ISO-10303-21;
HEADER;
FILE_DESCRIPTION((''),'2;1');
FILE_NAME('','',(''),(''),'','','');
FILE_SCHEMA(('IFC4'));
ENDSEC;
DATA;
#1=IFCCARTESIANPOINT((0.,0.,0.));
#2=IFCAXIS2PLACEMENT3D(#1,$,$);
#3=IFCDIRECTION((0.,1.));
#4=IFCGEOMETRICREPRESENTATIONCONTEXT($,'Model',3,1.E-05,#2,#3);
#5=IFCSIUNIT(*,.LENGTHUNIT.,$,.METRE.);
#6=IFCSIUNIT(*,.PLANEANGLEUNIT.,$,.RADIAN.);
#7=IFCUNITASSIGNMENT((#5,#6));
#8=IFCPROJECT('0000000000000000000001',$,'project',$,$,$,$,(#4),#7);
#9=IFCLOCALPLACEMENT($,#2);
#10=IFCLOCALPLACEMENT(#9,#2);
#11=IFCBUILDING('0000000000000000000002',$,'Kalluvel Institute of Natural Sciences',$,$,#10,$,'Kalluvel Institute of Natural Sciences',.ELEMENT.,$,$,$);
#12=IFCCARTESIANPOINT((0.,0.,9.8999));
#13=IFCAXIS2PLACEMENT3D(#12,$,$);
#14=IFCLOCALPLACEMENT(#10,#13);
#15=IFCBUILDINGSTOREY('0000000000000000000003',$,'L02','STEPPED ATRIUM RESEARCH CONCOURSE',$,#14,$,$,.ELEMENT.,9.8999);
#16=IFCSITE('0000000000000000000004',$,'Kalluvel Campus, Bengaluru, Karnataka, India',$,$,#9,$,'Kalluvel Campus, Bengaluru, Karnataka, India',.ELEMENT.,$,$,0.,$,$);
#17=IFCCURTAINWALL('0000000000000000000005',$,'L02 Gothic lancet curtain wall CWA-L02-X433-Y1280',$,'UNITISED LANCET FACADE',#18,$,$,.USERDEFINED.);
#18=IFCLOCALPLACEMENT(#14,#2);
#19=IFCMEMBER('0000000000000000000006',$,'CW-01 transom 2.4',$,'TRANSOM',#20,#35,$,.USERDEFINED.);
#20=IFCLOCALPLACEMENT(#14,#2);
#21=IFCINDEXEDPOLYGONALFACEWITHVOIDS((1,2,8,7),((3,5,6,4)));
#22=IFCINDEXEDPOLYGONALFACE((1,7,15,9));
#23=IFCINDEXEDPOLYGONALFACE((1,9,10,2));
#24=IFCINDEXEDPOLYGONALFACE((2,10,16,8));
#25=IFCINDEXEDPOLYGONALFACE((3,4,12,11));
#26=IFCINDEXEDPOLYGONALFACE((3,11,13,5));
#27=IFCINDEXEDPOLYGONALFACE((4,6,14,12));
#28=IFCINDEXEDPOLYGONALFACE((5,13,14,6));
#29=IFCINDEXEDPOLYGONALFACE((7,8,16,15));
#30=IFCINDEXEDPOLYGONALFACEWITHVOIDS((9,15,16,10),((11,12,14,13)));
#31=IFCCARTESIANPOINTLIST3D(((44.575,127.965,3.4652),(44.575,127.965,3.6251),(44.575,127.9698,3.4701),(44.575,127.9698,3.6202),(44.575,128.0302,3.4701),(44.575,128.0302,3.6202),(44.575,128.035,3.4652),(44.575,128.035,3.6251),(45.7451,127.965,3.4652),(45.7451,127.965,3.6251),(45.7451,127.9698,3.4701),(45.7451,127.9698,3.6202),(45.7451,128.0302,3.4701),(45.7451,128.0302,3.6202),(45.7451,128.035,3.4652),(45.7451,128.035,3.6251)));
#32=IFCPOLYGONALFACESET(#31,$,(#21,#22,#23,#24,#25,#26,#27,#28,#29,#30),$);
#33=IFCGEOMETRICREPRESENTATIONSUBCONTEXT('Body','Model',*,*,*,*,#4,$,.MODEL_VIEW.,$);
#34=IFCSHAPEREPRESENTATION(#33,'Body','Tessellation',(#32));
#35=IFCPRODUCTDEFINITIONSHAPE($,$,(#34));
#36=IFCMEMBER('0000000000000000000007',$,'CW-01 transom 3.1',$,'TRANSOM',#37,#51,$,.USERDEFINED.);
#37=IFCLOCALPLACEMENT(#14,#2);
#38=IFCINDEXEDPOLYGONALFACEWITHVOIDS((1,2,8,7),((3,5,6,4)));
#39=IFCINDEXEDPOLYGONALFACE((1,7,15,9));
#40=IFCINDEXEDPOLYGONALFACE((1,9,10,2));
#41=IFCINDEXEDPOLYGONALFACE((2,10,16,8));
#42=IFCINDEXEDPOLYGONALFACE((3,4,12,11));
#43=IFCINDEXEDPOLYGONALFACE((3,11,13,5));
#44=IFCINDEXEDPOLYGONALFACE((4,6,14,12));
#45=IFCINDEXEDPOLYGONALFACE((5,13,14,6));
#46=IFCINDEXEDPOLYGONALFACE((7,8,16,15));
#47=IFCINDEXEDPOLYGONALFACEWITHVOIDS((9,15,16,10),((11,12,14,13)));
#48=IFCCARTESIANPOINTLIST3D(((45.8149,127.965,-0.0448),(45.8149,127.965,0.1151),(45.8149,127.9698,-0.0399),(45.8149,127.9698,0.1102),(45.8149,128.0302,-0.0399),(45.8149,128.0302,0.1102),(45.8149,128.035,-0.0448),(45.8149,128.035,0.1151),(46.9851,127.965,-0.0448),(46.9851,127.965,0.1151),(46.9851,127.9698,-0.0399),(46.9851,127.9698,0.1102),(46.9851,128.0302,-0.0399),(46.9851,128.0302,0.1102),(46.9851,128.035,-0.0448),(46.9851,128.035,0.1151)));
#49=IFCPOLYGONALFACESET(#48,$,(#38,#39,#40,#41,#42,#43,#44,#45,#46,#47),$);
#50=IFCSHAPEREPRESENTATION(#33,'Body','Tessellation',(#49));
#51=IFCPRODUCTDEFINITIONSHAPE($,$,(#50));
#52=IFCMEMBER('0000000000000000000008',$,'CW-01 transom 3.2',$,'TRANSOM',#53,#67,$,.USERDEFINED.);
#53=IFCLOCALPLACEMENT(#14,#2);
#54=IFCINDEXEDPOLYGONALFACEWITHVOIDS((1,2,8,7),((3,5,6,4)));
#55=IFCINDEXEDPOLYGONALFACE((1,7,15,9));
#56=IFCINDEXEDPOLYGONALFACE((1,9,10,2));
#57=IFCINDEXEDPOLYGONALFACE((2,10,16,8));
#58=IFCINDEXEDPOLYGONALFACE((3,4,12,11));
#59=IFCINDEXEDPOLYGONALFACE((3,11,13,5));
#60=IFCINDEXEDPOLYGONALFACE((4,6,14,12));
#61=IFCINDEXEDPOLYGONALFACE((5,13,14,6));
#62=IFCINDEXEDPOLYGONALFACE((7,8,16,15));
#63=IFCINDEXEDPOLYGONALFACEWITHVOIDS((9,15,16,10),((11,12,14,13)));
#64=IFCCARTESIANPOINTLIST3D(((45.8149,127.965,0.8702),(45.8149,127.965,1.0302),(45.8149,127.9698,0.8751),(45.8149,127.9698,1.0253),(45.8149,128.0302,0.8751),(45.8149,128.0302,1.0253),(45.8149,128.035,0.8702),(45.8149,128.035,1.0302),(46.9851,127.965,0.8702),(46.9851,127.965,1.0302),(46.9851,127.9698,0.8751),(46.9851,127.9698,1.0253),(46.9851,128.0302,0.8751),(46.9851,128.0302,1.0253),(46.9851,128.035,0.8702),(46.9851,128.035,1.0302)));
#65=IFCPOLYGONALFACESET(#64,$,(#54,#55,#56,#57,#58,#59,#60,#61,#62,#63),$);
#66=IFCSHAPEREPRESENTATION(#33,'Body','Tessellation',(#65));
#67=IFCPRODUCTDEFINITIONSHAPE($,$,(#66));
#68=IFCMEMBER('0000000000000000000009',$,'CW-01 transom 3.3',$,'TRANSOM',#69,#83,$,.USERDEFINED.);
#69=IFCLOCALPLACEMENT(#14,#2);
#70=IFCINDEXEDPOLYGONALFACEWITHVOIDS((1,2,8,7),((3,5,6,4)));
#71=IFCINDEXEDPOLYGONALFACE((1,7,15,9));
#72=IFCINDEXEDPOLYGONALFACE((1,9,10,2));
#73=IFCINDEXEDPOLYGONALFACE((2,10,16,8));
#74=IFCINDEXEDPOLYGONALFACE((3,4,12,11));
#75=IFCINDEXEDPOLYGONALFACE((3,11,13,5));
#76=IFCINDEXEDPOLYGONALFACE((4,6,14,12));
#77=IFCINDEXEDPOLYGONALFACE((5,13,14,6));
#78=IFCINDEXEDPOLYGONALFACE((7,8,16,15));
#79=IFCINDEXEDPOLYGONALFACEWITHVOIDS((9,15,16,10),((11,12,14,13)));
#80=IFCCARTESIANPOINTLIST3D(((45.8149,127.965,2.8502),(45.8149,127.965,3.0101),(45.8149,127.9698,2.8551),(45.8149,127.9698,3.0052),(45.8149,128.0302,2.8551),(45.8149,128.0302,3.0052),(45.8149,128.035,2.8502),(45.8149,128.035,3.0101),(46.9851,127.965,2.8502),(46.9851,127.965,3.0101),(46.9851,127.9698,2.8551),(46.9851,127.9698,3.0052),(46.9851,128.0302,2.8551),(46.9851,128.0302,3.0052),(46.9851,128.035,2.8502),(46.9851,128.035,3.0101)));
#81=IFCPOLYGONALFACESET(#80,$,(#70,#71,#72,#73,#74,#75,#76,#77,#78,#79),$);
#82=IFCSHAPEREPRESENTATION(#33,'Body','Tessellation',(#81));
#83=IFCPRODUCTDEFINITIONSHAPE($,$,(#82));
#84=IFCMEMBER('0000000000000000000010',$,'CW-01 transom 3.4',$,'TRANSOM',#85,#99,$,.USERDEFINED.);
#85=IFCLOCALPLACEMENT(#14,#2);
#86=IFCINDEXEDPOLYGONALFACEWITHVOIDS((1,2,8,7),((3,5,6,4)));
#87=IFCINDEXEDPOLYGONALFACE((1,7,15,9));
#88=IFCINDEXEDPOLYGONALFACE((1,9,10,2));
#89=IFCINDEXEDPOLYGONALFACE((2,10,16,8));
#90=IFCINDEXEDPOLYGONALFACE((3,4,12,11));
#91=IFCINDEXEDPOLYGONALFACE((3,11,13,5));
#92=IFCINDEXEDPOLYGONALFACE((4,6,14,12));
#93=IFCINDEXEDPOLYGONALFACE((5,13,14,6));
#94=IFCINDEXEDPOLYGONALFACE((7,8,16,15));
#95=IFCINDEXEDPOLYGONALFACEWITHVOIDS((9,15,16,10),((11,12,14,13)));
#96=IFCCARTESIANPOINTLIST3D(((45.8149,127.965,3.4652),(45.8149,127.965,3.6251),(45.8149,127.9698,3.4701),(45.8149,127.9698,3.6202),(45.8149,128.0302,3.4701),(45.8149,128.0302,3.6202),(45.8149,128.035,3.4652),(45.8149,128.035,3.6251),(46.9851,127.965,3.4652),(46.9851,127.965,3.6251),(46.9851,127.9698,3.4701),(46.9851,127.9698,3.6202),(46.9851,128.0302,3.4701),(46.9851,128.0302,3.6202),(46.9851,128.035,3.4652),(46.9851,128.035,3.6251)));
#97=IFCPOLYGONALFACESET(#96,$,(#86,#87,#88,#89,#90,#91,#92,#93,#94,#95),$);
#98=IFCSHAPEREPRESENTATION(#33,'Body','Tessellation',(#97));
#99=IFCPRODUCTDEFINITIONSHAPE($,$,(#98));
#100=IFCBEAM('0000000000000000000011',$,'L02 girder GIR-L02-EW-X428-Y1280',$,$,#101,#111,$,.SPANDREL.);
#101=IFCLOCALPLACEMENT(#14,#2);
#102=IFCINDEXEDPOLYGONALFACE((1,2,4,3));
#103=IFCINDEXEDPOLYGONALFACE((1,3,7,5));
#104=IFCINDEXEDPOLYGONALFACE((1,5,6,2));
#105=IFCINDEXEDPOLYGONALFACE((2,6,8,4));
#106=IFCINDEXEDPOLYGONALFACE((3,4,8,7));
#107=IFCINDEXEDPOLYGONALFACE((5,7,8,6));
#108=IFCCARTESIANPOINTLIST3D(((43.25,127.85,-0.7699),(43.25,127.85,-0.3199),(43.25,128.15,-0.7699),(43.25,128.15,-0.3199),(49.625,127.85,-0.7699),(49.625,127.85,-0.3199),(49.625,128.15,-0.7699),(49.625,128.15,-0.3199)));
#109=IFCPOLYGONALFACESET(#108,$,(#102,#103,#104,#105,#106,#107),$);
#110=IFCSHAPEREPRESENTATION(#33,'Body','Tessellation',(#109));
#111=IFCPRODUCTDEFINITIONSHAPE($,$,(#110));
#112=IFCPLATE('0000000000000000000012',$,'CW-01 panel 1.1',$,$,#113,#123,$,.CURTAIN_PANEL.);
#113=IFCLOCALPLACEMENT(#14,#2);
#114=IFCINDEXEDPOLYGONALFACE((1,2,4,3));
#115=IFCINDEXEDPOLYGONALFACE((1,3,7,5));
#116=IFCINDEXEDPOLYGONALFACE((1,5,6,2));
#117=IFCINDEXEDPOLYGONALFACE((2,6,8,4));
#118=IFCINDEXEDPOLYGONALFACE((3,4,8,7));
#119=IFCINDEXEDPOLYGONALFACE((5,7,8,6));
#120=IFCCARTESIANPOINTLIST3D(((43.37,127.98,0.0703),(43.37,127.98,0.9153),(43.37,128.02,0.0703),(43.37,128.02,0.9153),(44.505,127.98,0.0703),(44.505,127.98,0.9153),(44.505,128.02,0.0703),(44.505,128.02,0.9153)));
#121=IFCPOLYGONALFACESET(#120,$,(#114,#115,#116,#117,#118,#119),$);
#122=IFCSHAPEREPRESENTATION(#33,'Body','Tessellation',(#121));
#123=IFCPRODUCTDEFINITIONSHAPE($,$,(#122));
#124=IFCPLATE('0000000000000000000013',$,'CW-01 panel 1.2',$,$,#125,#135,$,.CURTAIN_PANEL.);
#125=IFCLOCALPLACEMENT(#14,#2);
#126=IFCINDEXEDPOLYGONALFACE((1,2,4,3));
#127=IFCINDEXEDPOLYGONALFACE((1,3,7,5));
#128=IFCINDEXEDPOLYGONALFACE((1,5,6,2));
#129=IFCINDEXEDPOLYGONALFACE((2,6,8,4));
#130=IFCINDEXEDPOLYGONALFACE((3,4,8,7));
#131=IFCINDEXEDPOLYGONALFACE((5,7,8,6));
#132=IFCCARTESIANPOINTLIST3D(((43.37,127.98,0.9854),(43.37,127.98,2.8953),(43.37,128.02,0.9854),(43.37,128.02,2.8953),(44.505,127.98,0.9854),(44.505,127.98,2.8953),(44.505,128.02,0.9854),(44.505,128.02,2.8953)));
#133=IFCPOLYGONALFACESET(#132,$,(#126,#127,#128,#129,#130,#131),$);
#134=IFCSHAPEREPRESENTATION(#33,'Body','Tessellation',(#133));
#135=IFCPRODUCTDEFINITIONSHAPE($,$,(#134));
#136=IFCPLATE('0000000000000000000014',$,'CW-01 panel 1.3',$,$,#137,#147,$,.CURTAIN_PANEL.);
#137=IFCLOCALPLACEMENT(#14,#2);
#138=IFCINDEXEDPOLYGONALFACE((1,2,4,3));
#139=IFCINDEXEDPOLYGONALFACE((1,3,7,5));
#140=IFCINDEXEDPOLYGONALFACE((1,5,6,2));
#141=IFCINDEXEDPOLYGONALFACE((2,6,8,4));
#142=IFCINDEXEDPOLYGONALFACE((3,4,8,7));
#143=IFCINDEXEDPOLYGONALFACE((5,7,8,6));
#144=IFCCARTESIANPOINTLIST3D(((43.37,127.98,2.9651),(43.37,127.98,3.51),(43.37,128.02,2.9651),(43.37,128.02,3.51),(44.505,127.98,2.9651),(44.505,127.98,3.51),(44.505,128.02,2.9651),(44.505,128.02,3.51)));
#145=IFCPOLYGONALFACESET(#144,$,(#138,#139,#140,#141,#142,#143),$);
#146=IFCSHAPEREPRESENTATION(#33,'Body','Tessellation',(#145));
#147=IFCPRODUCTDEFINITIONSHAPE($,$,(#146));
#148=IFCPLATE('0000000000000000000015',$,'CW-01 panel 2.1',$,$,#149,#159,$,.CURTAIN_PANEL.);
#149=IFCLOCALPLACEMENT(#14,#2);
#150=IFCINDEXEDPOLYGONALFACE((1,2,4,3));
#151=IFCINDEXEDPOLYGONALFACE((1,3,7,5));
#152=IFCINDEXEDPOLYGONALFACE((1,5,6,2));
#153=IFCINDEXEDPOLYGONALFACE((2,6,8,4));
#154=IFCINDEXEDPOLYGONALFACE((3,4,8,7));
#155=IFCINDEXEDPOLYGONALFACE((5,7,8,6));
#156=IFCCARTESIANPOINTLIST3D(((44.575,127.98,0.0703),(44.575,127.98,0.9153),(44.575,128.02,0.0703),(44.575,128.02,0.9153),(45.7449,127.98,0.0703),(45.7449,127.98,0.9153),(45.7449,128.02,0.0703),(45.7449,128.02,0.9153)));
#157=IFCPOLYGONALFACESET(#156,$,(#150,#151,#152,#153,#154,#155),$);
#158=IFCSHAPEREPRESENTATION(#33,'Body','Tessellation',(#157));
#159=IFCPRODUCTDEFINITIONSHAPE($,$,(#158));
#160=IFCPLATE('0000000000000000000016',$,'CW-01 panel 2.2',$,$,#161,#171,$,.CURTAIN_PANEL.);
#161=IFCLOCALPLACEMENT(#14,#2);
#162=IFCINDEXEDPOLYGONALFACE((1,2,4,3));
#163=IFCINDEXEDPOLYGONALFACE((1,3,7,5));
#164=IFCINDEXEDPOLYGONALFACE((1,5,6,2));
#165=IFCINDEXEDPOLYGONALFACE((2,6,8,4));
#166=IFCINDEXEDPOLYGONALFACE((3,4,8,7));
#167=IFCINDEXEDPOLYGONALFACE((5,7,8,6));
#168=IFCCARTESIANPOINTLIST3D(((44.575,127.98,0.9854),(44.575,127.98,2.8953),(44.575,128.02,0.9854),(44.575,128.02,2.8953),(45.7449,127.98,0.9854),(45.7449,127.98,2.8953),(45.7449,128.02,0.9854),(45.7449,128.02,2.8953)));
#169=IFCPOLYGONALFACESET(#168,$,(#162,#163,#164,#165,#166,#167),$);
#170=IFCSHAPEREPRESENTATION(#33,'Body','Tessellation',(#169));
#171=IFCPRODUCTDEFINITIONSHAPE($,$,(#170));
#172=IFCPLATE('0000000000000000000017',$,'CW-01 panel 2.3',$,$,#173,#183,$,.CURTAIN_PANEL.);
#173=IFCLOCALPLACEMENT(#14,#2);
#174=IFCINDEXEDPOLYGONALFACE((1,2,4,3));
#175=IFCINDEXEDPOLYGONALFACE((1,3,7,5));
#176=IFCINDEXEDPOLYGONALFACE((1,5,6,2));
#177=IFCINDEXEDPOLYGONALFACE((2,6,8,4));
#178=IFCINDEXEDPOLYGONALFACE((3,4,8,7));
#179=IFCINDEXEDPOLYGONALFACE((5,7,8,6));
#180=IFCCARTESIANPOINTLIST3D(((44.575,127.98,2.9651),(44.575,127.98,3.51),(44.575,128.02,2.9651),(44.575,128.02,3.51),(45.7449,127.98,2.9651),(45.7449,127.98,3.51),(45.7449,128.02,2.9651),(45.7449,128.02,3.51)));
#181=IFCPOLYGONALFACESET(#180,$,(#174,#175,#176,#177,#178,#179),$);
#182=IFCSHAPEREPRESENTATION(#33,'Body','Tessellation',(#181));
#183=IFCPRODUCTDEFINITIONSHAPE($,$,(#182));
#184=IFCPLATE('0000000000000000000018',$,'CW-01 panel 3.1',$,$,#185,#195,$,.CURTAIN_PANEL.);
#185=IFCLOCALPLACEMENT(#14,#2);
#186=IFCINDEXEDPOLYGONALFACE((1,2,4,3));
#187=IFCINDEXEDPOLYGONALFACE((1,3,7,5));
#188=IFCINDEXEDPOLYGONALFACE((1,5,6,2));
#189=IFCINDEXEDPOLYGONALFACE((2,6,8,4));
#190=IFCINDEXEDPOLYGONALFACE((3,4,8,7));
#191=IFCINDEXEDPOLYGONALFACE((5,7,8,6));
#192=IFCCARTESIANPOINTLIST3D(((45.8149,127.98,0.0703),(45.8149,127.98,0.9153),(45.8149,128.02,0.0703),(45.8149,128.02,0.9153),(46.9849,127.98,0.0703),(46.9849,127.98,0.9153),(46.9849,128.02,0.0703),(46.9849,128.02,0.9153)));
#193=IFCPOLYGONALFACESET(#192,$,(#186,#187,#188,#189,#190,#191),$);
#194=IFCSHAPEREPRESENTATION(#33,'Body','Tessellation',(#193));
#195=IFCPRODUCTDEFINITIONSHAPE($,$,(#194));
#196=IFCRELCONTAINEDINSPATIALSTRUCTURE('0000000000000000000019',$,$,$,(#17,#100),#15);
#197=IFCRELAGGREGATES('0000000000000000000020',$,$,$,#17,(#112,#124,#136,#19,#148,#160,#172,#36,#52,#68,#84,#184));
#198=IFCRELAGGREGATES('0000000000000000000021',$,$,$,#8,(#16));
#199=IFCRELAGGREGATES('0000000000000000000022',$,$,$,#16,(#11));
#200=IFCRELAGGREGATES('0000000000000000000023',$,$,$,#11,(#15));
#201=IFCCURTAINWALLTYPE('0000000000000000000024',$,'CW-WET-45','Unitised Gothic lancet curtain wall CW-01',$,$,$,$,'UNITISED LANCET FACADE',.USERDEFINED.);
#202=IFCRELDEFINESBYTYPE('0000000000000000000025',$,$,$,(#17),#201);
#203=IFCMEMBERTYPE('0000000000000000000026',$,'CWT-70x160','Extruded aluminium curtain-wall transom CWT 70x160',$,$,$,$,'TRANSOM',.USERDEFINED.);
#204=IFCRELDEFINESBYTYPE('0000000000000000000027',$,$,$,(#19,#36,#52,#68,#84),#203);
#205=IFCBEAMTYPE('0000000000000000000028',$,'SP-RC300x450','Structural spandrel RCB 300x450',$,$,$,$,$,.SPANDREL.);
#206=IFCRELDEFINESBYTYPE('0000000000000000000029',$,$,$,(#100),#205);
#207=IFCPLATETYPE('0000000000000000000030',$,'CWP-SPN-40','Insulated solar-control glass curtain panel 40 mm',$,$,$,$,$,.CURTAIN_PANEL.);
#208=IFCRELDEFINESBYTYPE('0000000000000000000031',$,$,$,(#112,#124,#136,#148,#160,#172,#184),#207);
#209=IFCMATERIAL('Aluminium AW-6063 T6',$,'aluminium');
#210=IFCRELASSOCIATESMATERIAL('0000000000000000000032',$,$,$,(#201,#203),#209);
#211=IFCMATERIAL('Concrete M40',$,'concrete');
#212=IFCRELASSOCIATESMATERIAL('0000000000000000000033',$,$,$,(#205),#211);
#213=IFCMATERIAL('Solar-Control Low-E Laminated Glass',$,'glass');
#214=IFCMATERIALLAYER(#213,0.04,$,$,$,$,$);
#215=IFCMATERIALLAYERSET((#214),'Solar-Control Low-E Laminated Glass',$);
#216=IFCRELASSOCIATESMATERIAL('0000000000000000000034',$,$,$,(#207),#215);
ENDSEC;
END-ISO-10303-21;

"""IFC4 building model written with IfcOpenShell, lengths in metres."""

from ifc_helpers import new_model, si_unit, direction, frame, origin, origin_2d, place, context, subcontext, project, spatial, rectangle, hollow_rectangle, extrude, material, layer, layer_set, material_profile, profile_set, type_object, element, aggregate, save


model = new_model("IFC4")

# Units and contexts
model_context = context("Model", 3, precision=1e-05, world=origin(), true_north=direction((0.0, 1.0)))
body_context = subcontext(model_context, "Body", "Model", "MODEL_VIEW")
ifc_project = project(units=[si_unit("LENGTHUNIT", "METRE"), si_unit("PLANEANGLEUNIT", "RADIAN")], contexts=[model_context])

# Site, building, storey
site_placement = place(None, origin())
site = spatial("IfcSite", under=ifc_project, at=site_placement, Name="Kalluvel Campus, Bengaluru, Karnataka, India", LongName="Kalluvel Campus, Bengaluru, Karnataka, India", CompositionType="ELEMENT", RefElevation=0.0)
building_placement = place(site_placement, origin())
building = spatial("IfcBuilding", under=site, at=building_placement, Name="Kalluvel Institute of Natural Sciences", LongName="Kalluvel Institute of Natural Sciences", CompositionType="ELEMENT")
storey_placement = place(building_placement, frame((0.0, 0.0, 9.8999)))
storey = spatial("IfcBuildingStorey", under=building, at=storey_placement, Name="L02", Description="STEPPED ATRIUM RESEARCH CONCOURSE", CompositionType="ELEMENT", Elevation=9.8999)

# Curtain wall, members
ifc_material_1 = material(Name="Aluminium AW-6063 T6", Category="aluminium")
curtain_wall_type = type_object("IfcCurtainWallType", Name="CW-WET-45", Description="Unitised Gothic lancet curtain wall CW-01", ElementType="UNITISED LANCET FACADE", PredefinedType="USERDEFINED", material=ifc_material_1)
curtain_wall_placement = place(storey_placement, origin())
curtain_wall = element("IfcCurtainWall", 1, at=curtain_wall_placement, inside=storey, type_object=curtain_wall_type, Name="L02 Gothic lancet curtain wall CWA-L02-X433-Y1280", ObjectType="UNITISED LANCET FACADE", PredefinedType="USERDEFINED")
ifc_material_profile_1 = material_profile(ifc_material_1, hollow_rectangle(XDim=0.0701, YDim=0.1599, WallThickness=0.0049, at=origin_2d()), Name="CWT 70x160")
ifc_profile_set_1 = profile_set([ifc_material_profile_1], Name="Aluminium AW-6063 T6")
member_type_1 = type_object("IfcMemberType", Name="CWT-70x160", Description="Extruded aluminium curtain-wall transom CWT 70x160", ElementType="TRANSOM", PredefinedType="USERDEFINED", material=ifc_profile_set_1)
member_1_placement = place(storey_placement, frame((44.575, 128.0, 3.5452), z_axis=(1.0, 0.0, 0.0), x_axis=(0.0, 1.0, 0.0)))
member_1 = element("IfcMember", 2, at=member_1_placement, type_object=member_type_1, Name="CW-01 transom 2.4", ObjectType="TRANSOM", PredefinedType="USERDEFINED", context=body_context, shape_type="SweptSolid", body=[
    extrude(hollow_rectangle(XDim=0.0701, YDim=0.1599, WallThickness=0.0049, at=origin_2d()), origin(), (0.0, 0.0, 1.0), 1.1702),
])
member_2_placement = place(storey_placement, frame((45.8149, 128.0, 0.0352), z_axis=(1.0, 0.0, 0.0), x_axis=(0.0, 1.0, 0.0)))
member_2 = element("IfcMember", 3, at=member_2_placement, type_object=member_type_1, Name="CW-01 transom 3.1", ObjectType="TRANSOM", PredefinedType="USERDEFINED", context=body_context, shape_type="SweptSolid", body=[
    extrude(hollow_rectangle(XDim=0.0701, YDim=0.1599, WallThickness=0.0049, at=origin_2d()), origin(), (0.0, 0.0, 1.0), 1.1702),
])
member_3_placement = place(storey_placement, frame((45.8149, 128.0, 0.9502), z_axis=(1.0, 0.0, 0.0), x_axis=(0.0, 1.0, 0.0)))
member_3 = element("IfcMember", 4, at=member_3_placement, type_object=member_type_1, Name="CW-01 transom 3.2", ObjectType="TRANSOM", PredefinedType="USERDEFINED", context=body_context, shape_type="SweptSolid", body=[
    extrude(hollow_rectangle(XDim=0.0701, YDim=0.1599, WallThickness=0.0049, at=origin_2d()), origin(), (0.0, 0.0, 1.0), 1.1702),
])
member_4_placement = place(storey_placement, frame((45.8149, 128.0, 2.9302), z_axis=(1.0, 0.0, 0.0), x_axis=(0.0, 1.0, 0.0)))
member_4 = element("IfcMember", 5, at=member_4_placement, type_object=member_type_1, Name="CW-01 transom 3.3", ObjectType="TRANSOM", PredefinedType="USERDEFINED", context=body_context, shape_type="SweptSolid", body=[
    extrude(hollow_rectangle(XDim=0.0701, YDim=0.1599, WallThickness=0.0049, at=origin_2d()), origin(), (0.0, 0.0, 1.0), 1.1702),
])
member_5_placement = place(storey_placement, frame((45.8149, 128.0, 3.5452), z_axis=(1.0, 0.0, 0.0), x_axis=(0.0, 1.0, 0.0)))
member_5 = element("IfcMember", 6, at=member_5_placement, type_object=member_type_1, Name="CW-01 transom 3.4", ObjectType="TRANSOM", PredefinedType="USERDEFINED", context=body_context, shape_type="SweptSolid", body=[
    extrude(hollow_rectangle(XDim=0.0701, YDim=0.1599, WallThickness=0.0049, at=origin_2d()), origin(), (0.0, 0.0, 1.0), 1.1702),
])

# Beam
ifc_material_2 = material(Name="Concrete M40", Category="concrete")
ifc_material_profile_2 = material_profile(ifc_material_2, rectangle(XDim=0.3, YDim=0.45, at=origin_2d()), Name="RCB 300x450")
ifc_profile_set_2 = profile_set([ifc_material_profile_2], Name="Concrete M40")
beam_type = type_object("IfcBeamType", Name="SP-RC300x450", Description="Structural spandrel RCB 300x450", PredefinedType="SPANDREL", material=ifc_profile_set_2)
beam_placement = place(storey_placement, frame((43.25, 128.0, -0.5449), z_axis=(1.0, 0.0, 0.0), x_axis=(0.0, 1.0, 0.0)))
element("IfcBeam", 7, at=beam_placement, inside=storey, type_object=beam_type, Name="L02 girder GIR-L02-EW-X428-Y1280", PredefinedType="SPANDREL", context=body_context, shape_type="SweptSolid", body=[
    extrude(rectangle(XDim=0.3, YDim=0.45, at=origin_2d()), origin(), (0.0, 0.0, 1.0), 6.375),
])

# Plates
ifc_material_3 = material(Name="Solar-Control Low-E Laminated Glass", Category="glass")
ifc_layer_1 = layer(ifc_material_3, 0.04)
ifc_layer_set_1 = layer_set([ifc_layer_1], Name="Solar-Control Low-E Laminated Glass")
plate_type = type_object("IfcPlateType", Name="CWP-SPN-40", Description="Insulated solar-control glass curtain panel 40 mm", PredefinedType="CURTAIN_PANEL", material=ifc_layer_set_1)
plate_1_placement = place(storey_placement, frame((43.9375, 128.0, 0.0703), z_axis=(0.0, 0.0, 1.0), x_axis=(1.0, 0.0, 0.0)))
plate_1 = element("IfcPlate", 8, at=plate_1_placement, type_object=plate_type, Name="CW-01 panel 1.1", PredefinedType="CURTAIN_PANEL", context=body_context, shape_type="SweptSolid", body=[
    extrude(rectangle(XDim=1.135, YDim=0.04, at=origin_2d()), origin(), (0.0, 0.0, 1.0), 0.845),
])
plate_2_placement = place(storey_placement, frame((43.9375, 128.0, 0.9854), z_axis=(0.0, 0.0, 1.0), x_axis=(1.0, 0.0, 0.0)))
plate_2 = element("IfcPlate", 9, at=plate_2_placement, type_object=plate_type, Name="CW-01 panel 1.2", PredefinedType="CURTAIN_PANEL", context=body_context, shape_type="SweptSolid", body=[
    extrude(rectangle(XDim=1.135, YDim=0.04, at=origin_2d()), origin(), (0.0, 0.0, 1.0), 1.9099),
])
plate_3_placement = place(storey_placement, frame((43.9375, 128.0, 2.9651), z_axis=(0.0, 0.0, 1.0), x_axis=(1.0, 0.0, 0.0)))
plate_3 = element("IfcPlate", 10, at=plate_3_placement, type_object=plate_type, Name="CW-01 panel 1.3", PredefinedType="CURTAIN_PANEL", context=body_context, shape_type="SweptSolid", body=[
    extrude(rectangle(XDim=1.135, YDim=0.04, at=origin_2d()), origin(), (0.0, 0.0, 1.0), 0.5449),
])
plate_4_placement = place(storey_placement, frame((45.1599, 128.0, 0.0703), z_axis=(0.0, 0.0, 1.0), x_axis=(1.0, 0.0, 0.0)))
plate_4 = element("IfcPlate", 11, at=plate_4_placement, type_object=plate_type, Name="CW-01 panel 2.1", PredefinedType="CURTAIN_PANEL", context=body_context, shape_type="SweptSolid", body=[
    extrude(rectangle(XDim=1.1699, YDim=0.04, at=origin_2d()), origin(), (0.0, 0.0, 1.0), 0.845),
])
plate_5_placement = place(storey_placement, frame((45.1599, 128.0, 0.9854), z_axis=(0.0, 0.0, 1.0), x_axis=(1.0, 0.0, 0.0)))
plate_5 = element("IfcPlate", 12, at=plate_5_placement, type_object=plate_type, Name="CW-01 panel 2.2", PredefinedType="CURTAIN_PANEL", context=body_context, shape_type="SweptSolid", body=[
    extrude(rectangle(XDim=1.1699, YDim=0.04, at=origin_2d()), origin(), (0.0, 0.0, 1.0), 1.9099),
])
plate_6_placement = place(storey_placement, frame((45.1599, 128.0, 2.9651), z_axis=(0.0, 0.0, 1.0), x_axis=(1.0, 0.0, 0.0)))
plate_6 = element("IfcPlate", 13, at=plate_6_placement, type_object=plate_type, Name="CW-01 panel 2.3", PredefinedType="CURTAIN_PANEL", context=body_context, shape_type="SweptSolid", body=[
    extrude(rectangle(XDim=1.1699, YDim=0.04, at=origin_2d()), origin(), (0.0, 0.0, 1.0), 0.5449),
])
plate_7_placement = place(storey_placement, frame((46.3999, 128.0, 0.0703), z_axis=(0.0, 0.0, 1.0), x_axis=(1.0, 0.0, 0.0)))
plate_7 = element("IfcPlate", 14, at=plate_7_placement, type_object=plate_type, Name="CW-01 panel 3.1", PredefinedType="CURTAIN_PANEL", context=body_context, shape_type="SweptSolid", body=[
    extrude(rectangle(XDim=1.1699, YDim=0.04, at=origin_2d()), origin(), (0.0, 0.0, 1.0), 0.845),
])
aggregate(curtain_wall, [plate_1, plate_2, plate_3, member_1, plate_4, plate_5, plate_6, member_2, member_3, member_4, member_5, plate_7])

save(model, "model.ifc")
